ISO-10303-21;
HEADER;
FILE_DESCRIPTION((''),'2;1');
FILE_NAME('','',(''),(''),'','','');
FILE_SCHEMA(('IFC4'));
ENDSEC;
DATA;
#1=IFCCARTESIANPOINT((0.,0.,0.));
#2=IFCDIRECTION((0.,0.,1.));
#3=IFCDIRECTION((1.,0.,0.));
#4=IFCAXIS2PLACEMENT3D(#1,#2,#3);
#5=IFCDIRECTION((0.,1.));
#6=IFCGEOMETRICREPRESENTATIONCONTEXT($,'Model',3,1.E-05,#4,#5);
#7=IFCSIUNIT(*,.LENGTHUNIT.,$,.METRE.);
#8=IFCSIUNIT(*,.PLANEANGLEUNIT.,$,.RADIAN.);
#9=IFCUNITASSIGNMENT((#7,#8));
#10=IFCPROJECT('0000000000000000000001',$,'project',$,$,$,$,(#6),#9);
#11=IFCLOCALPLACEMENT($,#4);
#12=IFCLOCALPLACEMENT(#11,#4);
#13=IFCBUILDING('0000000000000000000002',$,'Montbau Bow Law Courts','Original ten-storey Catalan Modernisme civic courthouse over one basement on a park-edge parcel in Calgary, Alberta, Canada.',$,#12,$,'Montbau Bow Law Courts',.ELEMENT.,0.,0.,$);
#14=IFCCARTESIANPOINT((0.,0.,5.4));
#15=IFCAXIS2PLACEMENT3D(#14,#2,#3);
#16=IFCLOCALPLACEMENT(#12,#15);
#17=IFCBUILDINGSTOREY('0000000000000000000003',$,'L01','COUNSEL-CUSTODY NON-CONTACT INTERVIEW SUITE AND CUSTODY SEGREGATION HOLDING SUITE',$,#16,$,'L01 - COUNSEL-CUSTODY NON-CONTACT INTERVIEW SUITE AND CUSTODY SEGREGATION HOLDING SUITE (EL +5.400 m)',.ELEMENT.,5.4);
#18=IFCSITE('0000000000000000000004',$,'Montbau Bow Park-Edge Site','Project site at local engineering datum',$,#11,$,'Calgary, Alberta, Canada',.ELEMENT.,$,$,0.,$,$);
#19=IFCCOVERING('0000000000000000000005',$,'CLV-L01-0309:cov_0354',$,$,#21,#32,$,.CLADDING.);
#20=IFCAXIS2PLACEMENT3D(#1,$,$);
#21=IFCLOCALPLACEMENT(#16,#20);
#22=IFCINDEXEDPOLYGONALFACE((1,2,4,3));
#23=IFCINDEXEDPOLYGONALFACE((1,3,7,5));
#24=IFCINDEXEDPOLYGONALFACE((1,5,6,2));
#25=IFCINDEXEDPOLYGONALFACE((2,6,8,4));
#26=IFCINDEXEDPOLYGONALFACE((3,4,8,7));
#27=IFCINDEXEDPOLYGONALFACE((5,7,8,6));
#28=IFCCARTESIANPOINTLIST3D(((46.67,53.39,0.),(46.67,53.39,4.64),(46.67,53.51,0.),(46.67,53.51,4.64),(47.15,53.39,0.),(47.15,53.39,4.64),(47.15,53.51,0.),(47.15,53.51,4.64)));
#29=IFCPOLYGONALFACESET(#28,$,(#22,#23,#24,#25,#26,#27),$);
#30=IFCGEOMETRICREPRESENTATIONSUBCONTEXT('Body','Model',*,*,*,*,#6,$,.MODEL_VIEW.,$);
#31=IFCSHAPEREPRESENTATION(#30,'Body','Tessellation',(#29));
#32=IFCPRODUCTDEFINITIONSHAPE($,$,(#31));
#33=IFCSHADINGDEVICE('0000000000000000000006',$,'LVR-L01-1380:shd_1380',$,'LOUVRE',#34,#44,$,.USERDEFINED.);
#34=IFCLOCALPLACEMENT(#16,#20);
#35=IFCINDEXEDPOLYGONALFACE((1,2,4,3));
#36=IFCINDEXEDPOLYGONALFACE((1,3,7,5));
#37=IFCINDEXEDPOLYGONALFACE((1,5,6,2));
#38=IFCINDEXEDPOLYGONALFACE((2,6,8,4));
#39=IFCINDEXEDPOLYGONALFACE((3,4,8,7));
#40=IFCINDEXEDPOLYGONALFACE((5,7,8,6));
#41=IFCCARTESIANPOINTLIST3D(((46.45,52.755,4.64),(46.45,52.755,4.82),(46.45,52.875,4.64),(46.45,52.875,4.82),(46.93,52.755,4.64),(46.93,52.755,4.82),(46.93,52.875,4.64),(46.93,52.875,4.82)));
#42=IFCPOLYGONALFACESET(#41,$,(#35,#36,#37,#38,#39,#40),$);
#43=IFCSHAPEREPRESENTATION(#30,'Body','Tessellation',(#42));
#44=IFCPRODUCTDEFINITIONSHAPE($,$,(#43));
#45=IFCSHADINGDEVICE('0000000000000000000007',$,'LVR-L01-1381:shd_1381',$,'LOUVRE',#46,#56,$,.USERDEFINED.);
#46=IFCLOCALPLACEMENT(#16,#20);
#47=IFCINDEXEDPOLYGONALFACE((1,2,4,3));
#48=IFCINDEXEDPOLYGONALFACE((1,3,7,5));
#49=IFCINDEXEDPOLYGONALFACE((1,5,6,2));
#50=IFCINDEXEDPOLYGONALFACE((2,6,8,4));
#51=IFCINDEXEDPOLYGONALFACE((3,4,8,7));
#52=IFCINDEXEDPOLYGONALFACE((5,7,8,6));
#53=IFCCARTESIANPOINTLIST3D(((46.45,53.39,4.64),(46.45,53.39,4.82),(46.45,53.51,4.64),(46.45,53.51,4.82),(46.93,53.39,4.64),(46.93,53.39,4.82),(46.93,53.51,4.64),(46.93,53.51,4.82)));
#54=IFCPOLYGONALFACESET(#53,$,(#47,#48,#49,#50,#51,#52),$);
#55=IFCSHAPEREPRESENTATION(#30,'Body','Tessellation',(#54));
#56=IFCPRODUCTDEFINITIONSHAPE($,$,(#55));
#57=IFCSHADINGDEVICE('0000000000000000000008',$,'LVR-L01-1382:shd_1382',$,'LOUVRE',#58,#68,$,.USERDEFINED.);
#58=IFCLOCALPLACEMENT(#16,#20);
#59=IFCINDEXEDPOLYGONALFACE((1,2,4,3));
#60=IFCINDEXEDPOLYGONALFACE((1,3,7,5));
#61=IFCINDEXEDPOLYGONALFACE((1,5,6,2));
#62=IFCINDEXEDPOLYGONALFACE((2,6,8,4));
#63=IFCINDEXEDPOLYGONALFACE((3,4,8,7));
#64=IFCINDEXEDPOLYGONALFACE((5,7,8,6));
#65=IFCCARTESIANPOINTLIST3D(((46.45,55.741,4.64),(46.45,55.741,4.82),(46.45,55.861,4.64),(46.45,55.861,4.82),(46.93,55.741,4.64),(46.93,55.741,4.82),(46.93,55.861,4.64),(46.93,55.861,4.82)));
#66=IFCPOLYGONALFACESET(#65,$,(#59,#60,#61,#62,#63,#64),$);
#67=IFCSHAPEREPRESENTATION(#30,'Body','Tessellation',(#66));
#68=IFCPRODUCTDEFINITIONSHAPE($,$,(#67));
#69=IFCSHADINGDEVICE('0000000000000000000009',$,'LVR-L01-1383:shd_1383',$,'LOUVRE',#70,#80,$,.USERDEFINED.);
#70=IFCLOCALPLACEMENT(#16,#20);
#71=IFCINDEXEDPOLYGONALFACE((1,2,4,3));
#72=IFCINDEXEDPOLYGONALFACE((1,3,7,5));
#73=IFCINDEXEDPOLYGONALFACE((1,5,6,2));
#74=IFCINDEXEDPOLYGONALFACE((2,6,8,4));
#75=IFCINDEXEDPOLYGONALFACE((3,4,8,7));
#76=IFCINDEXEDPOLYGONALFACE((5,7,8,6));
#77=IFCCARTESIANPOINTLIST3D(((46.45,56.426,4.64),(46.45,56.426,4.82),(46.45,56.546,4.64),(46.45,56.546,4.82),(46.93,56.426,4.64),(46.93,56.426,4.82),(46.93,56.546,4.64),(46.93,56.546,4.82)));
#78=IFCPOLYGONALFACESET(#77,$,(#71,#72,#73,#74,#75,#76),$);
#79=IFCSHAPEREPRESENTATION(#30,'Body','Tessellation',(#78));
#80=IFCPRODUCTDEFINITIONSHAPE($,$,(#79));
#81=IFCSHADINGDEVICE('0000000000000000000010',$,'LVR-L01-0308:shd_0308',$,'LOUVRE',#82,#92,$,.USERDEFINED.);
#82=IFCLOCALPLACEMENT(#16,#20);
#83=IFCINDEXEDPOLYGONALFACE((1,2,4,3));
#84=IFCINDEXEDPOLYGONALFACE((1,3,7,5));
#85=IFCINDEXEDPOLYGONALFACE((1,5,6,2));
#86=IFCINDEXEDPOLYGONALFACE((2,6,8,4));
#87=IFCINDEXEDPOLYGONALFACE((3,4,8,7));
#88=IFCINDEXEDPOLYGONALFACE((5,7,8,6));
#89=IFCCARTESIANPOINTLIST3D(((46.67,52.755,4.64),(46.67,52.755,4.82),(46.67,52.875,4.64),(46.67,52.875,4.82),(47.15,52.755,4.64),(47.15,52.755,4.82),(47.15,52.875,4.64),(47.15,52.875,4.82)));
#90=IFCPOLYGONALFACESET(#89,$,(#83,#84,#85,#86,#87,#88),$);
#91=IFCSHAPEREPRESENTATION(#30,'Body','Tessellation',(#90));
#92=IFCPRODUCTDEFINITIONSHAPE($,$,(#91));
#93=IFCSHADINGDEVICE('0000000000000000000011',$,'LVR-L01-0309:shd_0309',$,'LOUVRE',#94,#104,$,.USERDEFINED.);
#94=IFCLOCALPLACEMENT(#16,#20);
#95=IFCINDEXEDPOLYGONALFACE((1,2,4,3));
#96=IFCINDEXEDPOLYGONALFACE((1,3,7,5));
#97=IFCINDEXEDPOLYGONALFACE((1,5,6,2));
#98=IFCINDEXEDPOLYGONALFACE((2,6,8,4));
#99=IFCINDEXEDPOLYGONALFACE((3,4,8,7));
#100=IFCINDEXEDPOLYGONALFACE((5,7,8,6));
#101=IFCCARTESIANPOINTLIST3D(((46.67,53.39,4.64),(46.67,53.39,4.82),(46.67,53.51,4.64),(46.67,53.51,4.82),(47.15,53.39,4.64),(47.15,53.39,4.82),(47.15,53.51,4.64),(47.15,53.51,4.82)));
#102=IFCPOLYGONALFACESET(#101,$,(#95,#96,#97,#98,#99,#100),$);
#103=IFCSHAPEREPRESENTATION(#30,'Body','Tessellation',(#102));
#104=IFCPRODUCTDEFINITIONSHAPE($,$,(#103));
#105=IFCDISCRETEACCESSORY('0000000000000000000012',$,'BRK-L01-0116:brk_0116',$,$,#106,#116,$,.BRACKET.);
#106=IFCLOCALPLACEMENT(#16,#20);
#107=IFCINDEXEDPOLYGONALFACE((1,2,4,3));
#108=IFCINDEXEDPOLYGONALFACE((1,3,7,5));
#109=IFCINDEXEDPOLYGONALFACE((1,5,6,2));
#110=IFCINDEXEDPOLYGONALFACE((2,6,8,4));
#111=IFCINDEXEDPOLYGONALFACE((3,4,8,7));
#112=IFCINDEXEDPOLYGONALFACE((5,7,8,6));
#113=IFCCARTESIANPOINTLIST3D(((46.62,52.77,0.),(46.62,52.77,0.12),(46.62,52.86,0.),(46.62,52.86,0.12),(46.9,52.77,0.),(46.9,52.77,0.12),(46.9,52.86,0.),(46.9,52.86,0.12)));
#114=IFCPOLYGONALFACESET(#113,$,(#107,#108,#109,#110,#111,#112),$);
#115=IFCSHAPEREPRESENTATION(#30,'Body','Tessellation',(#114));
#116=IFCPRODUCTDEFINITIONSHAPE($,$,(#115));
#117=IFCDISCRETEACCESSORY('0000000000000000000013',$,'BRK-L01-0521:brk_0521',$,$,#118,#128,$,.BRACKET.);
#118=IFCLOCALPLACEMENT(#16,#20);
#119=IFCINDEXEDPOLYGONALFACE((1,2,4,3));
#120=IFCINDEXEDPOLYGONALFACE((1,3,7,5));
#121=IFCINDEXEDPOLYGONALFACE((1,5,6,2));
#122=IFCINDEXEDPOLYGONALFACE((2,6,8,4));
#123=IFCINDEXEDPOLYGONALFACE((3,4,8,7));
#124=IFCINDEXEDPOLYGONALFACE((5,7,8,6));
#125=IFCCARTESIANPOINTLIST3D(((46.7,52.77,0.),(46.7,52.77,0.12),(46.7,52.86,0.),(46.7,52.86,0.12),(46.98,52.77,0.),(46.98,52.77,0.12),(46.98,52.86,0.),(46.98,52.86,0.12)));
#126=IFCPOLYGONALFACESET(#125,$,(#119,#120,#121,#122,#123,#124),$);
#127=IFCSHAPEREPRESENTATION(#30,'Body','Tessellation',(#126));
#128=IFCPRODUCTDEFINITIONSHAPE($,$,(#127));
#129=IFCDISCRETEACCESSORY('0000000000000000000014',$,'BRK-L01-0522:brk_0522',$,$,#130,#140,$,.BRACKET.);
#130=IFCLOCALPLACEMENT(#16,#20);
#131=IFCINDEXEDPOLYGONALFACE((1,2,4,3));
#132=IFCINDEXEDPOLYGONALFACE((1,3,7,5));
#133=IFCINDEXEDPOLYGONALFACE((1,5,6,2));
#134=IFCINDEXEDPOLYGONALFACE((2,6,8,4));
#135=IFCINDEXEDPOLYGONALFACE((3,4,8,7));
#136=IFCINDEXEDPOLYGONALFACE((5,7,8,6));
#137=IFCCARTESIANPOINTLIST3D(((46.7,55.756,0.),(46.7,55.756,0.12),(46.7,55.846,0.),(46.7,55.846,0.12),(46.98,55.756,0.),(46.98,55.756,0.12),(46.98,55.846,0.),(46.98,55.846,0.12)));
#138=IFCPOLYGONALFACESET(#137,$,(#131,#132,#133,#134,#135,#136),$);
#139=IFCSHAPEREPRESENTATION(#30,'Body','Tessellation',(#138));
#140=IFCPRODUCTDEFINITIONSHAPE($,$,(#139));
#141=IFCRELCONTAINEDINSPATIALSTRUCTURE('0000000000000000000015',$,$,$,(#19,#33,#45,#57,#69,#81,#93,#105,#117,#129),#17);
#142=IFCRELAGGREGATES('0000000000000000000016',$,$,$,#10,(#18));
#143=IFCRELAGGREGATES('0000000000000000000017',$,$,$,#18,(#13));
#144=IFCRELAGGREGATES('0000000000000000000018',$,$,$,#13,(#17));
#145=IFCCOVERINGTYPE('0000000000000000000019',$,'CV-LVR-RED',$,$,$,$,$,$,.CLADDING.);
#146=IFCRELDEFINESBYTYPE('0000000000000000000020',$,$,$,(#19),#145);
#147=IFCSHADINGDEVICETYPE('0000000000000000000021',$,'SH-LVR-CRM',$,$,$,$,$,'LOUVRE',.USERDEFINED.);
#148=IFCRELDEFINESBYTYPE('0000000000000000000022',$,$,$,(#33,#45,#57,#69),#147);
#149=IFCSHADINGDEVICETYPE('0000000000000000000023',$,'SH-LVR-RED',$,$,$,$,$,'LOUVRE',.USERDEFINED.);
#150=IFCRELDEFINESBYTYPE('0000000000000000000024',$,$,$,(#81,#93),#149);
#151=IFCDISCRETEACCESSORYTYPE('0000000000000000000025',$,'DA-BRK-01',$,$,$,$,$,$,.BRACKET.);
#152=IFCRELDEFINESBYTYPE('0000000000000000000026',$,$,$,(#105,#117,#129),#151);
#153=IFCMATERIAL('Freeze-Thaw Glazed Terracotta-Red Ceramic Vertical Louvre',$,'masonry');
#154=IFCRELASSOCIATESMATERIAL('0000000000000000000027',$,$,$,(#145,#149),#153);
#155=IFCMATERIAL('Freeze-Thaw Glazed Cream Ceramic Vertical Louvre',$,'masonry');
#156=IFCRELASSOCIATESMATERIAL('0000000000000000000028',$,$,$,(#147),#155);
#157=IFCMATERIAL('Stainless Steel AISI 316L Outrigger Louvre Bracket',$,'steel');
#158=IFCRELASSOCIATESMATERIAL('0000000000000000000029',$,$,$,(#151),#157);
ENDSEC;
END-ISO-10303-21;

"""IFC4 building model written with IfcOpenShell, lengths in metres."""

from ifc_helpers import new_model, si_unit, direction, frame, frame_2d, origin_with_axes, origin_2d_with_axis, place, context, subcontext, project, spatial, rectangle, extrude, material, type_object, element, save


model = new_model("IFC4")

# Units and contexts
model_context = context("Model", 3, precision=1e-05, world=origin_with_axes(), true_north=direction((0.0, 1.0)))
body_context = subcontext(model_context, "Body", "Model", "MODEL_VIEW")
ifc_project = project(units=[si_unit("LENGTHUNIT", "METRE"), si_unit("PLANEANGLEUNIT", "RADIAN")], contexts=[model_context])

# Site, building, storey
site_placement = place(None, origin_with_axes())
site = spatial("IfcSite", under=ifc_project, at=site_placement, Name="Montbau Bow Park-Edge Site", Description="Project site at local engineering datum", LongName="Calgary, Alberta, Canada", CompositionType="ELEMENT", RefElevation=0.0)
building_placement = place(site_placement, origin_with_axes())
building = spatial("IfcBuilding", under=site, at=building_placement, Name="Montbau Bow Law Courts", Description="Original ten-storey Catalan Modernisme civic courthouse over one basement on a park-edge parcel in Calgary, Alberta, Canada.", LongName="Montbau Bow Law Courts", CompositionType="ELEMENT", ElevationOfRefHeight=0.0, ElevationOfTerrain=0.0)
storey_placement = place(building_placement, frame((0.0, 0.0, 5.4), z_axis=(0.0, 0.0, 1.0), x_axis=(1.0, 0.0, 0.0)))
storey = spatial("IfcBuildingStorey", under=building, at=storey_placement, Name="L01", Description="COUNSEL-CUSTODY NON-CONTACT INTERVIEW SUITE AND CUSTODY SEGREGATION HOLDING SUITE", LongName="L01 - COUNSEL-CUSTODY NON-CONTACT INTERVIEW SUITE AND CUSTODY SEGREGATION HOLDING SUITE (EL +5.400 m)", CompositionType="ELEMENT", Elevation=5.4)

# Covering
ifc_material_1 = material(Name="Freeze-Thaw Glazed Terracotta-Red Ceramic Vertical Louvre", Category="masonry")
covering_type_1 = type_object("IfcCoveringType", Name="CV-LVR-RED", PredefinedType="CLADDING", material=ifc_material_1)
for number, where, z_axis, x_axis, name in (
    (1, (46.67, 53.45, 5.4), (0.0, -1.0, 0.0), (1.0, 0.0, 0.0), "CLV-L01-0309:cov_0354"),
):
    element("IfcCovering", number, at=place(None, frame(where, z_axis=z_axis, x_axis=x_axis)), inside=storey, type_object=covering_type_1, Name=name, PredefinedType="CLADDING", context=body_context, shape_type="SweptSolid", body=[
        extrude(rectangle(XDim=0.48, YDim=4.64, at=frame_2d((0.24, 2.32), x_axis=(1.0, 0.0))), frame((0.0, 0.0, -0.06), z_axis=(0.0, 0.0, 1.0), x_axis=(1.0, 0.0, 0.0)), (0.0, 0.0, 1.0), 0.12),
    ])

# Shading devices
ifc_material_2 = material(Name="Freeze-Thaw Glazed Cream Ceramic Vertical Louvre", Category="masonry")
shading_device_type_1 = type_object("IfcShadingDeviceType", Name="SH-LVR-CRM", ElementType="LOUVRE", PredefinedType="USERDEFINED", material=ifc_material_2)
for number, where, z_axis, x_axis, name in (
    (2, (46.69, 52.815, 10.04), (0.0, 0.0, 1.0), (-1.0, 0.0, 0.0), "LVR-L01-1380:shd_1380"),
    (3, (46.69, 53.45, 10.04), (0.0, 0.0, 1.0), (-1.0, 0.0, 0.0), "LVR-L01-1381:shd_1381"),
    (4, (46.69, 55.801, 10.04), (0.0, 0.0, 1.0), (-1.0, 0.0, 0.0), "LVR-L01-1382:shd_1382"),
    (5, (46.69, 56.486, 10.04), (0.0, 0.0, 1.0), (-1.0, 0.0, 0.0), "LVR-L01-1383:shd_1383"),
):
    element("IfcShadingDevice", number, at=place(None, frame(where, z_axis=z_axis, x_axis=x_axis)), inside=storey, type_object=shading_device_type_1, Name=name, ObjectType="LOUVRE", PredefinedType="USERDEFINED", context=body_context, shape_type="SweptSolid", body=[
        extrude(rectangle(XDim=0.48, YDim=0.12, at=origin_2d_with_axis()), origin_with_axes(), (0.0, 0.0, 1.0), 0.18),
    ])
shading_device_type_2 = type_object("IfcShadingDeviceType", Name="SH-LVR-RED", ElementType="LOUVRE", PredefinedType="USERDEFINED", material=ifc_material_1)
for number, where, z_axis, x_axis, name in (
    (6, (46.91, 52.815, 10.04), (0.0, 0.0, 1.0), (1.0, 0.0, 0.0), "LVR-L01-0308:shd_0308"),
    (7, (46.91, 53.45, 10.04), (0.0, 0.0, 1.0), (1.0, 0.0, 0.0), "LVR-L01-0309:shd_0309"),
):
    element("IfcShadingDevice", number, at=place(None, frame(where, z_axis=z_axis, x_axis=x_axis)), inside=storey, type_object=shading_device_type_2, Name=name, ObjectType="LOUVRE", PredefinedType="USERDEFINED", context=body_context, shape_type="SweptSolid", body=[
        extrude(rectangle(XDim=0.48, YDim=0.12, at=origin_2d_with_axis()), origin_with_axes(), (0.0, 0.0, 1.0), 0.18),
    ])

# Discrete accessories
ifc_material_3 = material(Name="Stainless Steel AISI 316L Outrigger Louvre Bracket", Category="steel")
discrete_accessory_type = type_object("IfcDiscreteAccessoryType", Name="DA-BRK-01", PredefinedType="BRACKET", material=ifc_material_3)
for number, where, z_axis, x_axis, name in (
    (8, (46.76, 52.815, 5.4), (0.0, 0.0, 1.0), (1.0, 0.0, 0.0), "BRK-L01-0116:brk_0116"),
    (9, (46.84, 52.815, 5.4), (0.0, 0.0, 1.0), (-1.0, 0.0, 0.0), "BRK-L01-0521:brk_0521"),
    (10, (46.84, 55.801, 5.4), (0.0, 0.0, 1.0), (-1.0, 0.0, 0.0), "BRK-L01-0522:brk_0522"),
):
    element("IfcDiscreteAccessory", number, at=place(None, frame(where, z_axis=z_axis, x_axis=x_axis)), inside=storey, type_object=discrete_accessory_type, Name=name, PredefinedType="BRACKET", context=body_context, shape_type="SweptSolid", body=[
        extrude(rectangle(XDim=0.28, YDim=0.09, at=origin_2d_with_axis()), origin_with_axes(), (0.0, 0.0, 1.0), 0.12),
    ])

save(model, "model.ifc")
